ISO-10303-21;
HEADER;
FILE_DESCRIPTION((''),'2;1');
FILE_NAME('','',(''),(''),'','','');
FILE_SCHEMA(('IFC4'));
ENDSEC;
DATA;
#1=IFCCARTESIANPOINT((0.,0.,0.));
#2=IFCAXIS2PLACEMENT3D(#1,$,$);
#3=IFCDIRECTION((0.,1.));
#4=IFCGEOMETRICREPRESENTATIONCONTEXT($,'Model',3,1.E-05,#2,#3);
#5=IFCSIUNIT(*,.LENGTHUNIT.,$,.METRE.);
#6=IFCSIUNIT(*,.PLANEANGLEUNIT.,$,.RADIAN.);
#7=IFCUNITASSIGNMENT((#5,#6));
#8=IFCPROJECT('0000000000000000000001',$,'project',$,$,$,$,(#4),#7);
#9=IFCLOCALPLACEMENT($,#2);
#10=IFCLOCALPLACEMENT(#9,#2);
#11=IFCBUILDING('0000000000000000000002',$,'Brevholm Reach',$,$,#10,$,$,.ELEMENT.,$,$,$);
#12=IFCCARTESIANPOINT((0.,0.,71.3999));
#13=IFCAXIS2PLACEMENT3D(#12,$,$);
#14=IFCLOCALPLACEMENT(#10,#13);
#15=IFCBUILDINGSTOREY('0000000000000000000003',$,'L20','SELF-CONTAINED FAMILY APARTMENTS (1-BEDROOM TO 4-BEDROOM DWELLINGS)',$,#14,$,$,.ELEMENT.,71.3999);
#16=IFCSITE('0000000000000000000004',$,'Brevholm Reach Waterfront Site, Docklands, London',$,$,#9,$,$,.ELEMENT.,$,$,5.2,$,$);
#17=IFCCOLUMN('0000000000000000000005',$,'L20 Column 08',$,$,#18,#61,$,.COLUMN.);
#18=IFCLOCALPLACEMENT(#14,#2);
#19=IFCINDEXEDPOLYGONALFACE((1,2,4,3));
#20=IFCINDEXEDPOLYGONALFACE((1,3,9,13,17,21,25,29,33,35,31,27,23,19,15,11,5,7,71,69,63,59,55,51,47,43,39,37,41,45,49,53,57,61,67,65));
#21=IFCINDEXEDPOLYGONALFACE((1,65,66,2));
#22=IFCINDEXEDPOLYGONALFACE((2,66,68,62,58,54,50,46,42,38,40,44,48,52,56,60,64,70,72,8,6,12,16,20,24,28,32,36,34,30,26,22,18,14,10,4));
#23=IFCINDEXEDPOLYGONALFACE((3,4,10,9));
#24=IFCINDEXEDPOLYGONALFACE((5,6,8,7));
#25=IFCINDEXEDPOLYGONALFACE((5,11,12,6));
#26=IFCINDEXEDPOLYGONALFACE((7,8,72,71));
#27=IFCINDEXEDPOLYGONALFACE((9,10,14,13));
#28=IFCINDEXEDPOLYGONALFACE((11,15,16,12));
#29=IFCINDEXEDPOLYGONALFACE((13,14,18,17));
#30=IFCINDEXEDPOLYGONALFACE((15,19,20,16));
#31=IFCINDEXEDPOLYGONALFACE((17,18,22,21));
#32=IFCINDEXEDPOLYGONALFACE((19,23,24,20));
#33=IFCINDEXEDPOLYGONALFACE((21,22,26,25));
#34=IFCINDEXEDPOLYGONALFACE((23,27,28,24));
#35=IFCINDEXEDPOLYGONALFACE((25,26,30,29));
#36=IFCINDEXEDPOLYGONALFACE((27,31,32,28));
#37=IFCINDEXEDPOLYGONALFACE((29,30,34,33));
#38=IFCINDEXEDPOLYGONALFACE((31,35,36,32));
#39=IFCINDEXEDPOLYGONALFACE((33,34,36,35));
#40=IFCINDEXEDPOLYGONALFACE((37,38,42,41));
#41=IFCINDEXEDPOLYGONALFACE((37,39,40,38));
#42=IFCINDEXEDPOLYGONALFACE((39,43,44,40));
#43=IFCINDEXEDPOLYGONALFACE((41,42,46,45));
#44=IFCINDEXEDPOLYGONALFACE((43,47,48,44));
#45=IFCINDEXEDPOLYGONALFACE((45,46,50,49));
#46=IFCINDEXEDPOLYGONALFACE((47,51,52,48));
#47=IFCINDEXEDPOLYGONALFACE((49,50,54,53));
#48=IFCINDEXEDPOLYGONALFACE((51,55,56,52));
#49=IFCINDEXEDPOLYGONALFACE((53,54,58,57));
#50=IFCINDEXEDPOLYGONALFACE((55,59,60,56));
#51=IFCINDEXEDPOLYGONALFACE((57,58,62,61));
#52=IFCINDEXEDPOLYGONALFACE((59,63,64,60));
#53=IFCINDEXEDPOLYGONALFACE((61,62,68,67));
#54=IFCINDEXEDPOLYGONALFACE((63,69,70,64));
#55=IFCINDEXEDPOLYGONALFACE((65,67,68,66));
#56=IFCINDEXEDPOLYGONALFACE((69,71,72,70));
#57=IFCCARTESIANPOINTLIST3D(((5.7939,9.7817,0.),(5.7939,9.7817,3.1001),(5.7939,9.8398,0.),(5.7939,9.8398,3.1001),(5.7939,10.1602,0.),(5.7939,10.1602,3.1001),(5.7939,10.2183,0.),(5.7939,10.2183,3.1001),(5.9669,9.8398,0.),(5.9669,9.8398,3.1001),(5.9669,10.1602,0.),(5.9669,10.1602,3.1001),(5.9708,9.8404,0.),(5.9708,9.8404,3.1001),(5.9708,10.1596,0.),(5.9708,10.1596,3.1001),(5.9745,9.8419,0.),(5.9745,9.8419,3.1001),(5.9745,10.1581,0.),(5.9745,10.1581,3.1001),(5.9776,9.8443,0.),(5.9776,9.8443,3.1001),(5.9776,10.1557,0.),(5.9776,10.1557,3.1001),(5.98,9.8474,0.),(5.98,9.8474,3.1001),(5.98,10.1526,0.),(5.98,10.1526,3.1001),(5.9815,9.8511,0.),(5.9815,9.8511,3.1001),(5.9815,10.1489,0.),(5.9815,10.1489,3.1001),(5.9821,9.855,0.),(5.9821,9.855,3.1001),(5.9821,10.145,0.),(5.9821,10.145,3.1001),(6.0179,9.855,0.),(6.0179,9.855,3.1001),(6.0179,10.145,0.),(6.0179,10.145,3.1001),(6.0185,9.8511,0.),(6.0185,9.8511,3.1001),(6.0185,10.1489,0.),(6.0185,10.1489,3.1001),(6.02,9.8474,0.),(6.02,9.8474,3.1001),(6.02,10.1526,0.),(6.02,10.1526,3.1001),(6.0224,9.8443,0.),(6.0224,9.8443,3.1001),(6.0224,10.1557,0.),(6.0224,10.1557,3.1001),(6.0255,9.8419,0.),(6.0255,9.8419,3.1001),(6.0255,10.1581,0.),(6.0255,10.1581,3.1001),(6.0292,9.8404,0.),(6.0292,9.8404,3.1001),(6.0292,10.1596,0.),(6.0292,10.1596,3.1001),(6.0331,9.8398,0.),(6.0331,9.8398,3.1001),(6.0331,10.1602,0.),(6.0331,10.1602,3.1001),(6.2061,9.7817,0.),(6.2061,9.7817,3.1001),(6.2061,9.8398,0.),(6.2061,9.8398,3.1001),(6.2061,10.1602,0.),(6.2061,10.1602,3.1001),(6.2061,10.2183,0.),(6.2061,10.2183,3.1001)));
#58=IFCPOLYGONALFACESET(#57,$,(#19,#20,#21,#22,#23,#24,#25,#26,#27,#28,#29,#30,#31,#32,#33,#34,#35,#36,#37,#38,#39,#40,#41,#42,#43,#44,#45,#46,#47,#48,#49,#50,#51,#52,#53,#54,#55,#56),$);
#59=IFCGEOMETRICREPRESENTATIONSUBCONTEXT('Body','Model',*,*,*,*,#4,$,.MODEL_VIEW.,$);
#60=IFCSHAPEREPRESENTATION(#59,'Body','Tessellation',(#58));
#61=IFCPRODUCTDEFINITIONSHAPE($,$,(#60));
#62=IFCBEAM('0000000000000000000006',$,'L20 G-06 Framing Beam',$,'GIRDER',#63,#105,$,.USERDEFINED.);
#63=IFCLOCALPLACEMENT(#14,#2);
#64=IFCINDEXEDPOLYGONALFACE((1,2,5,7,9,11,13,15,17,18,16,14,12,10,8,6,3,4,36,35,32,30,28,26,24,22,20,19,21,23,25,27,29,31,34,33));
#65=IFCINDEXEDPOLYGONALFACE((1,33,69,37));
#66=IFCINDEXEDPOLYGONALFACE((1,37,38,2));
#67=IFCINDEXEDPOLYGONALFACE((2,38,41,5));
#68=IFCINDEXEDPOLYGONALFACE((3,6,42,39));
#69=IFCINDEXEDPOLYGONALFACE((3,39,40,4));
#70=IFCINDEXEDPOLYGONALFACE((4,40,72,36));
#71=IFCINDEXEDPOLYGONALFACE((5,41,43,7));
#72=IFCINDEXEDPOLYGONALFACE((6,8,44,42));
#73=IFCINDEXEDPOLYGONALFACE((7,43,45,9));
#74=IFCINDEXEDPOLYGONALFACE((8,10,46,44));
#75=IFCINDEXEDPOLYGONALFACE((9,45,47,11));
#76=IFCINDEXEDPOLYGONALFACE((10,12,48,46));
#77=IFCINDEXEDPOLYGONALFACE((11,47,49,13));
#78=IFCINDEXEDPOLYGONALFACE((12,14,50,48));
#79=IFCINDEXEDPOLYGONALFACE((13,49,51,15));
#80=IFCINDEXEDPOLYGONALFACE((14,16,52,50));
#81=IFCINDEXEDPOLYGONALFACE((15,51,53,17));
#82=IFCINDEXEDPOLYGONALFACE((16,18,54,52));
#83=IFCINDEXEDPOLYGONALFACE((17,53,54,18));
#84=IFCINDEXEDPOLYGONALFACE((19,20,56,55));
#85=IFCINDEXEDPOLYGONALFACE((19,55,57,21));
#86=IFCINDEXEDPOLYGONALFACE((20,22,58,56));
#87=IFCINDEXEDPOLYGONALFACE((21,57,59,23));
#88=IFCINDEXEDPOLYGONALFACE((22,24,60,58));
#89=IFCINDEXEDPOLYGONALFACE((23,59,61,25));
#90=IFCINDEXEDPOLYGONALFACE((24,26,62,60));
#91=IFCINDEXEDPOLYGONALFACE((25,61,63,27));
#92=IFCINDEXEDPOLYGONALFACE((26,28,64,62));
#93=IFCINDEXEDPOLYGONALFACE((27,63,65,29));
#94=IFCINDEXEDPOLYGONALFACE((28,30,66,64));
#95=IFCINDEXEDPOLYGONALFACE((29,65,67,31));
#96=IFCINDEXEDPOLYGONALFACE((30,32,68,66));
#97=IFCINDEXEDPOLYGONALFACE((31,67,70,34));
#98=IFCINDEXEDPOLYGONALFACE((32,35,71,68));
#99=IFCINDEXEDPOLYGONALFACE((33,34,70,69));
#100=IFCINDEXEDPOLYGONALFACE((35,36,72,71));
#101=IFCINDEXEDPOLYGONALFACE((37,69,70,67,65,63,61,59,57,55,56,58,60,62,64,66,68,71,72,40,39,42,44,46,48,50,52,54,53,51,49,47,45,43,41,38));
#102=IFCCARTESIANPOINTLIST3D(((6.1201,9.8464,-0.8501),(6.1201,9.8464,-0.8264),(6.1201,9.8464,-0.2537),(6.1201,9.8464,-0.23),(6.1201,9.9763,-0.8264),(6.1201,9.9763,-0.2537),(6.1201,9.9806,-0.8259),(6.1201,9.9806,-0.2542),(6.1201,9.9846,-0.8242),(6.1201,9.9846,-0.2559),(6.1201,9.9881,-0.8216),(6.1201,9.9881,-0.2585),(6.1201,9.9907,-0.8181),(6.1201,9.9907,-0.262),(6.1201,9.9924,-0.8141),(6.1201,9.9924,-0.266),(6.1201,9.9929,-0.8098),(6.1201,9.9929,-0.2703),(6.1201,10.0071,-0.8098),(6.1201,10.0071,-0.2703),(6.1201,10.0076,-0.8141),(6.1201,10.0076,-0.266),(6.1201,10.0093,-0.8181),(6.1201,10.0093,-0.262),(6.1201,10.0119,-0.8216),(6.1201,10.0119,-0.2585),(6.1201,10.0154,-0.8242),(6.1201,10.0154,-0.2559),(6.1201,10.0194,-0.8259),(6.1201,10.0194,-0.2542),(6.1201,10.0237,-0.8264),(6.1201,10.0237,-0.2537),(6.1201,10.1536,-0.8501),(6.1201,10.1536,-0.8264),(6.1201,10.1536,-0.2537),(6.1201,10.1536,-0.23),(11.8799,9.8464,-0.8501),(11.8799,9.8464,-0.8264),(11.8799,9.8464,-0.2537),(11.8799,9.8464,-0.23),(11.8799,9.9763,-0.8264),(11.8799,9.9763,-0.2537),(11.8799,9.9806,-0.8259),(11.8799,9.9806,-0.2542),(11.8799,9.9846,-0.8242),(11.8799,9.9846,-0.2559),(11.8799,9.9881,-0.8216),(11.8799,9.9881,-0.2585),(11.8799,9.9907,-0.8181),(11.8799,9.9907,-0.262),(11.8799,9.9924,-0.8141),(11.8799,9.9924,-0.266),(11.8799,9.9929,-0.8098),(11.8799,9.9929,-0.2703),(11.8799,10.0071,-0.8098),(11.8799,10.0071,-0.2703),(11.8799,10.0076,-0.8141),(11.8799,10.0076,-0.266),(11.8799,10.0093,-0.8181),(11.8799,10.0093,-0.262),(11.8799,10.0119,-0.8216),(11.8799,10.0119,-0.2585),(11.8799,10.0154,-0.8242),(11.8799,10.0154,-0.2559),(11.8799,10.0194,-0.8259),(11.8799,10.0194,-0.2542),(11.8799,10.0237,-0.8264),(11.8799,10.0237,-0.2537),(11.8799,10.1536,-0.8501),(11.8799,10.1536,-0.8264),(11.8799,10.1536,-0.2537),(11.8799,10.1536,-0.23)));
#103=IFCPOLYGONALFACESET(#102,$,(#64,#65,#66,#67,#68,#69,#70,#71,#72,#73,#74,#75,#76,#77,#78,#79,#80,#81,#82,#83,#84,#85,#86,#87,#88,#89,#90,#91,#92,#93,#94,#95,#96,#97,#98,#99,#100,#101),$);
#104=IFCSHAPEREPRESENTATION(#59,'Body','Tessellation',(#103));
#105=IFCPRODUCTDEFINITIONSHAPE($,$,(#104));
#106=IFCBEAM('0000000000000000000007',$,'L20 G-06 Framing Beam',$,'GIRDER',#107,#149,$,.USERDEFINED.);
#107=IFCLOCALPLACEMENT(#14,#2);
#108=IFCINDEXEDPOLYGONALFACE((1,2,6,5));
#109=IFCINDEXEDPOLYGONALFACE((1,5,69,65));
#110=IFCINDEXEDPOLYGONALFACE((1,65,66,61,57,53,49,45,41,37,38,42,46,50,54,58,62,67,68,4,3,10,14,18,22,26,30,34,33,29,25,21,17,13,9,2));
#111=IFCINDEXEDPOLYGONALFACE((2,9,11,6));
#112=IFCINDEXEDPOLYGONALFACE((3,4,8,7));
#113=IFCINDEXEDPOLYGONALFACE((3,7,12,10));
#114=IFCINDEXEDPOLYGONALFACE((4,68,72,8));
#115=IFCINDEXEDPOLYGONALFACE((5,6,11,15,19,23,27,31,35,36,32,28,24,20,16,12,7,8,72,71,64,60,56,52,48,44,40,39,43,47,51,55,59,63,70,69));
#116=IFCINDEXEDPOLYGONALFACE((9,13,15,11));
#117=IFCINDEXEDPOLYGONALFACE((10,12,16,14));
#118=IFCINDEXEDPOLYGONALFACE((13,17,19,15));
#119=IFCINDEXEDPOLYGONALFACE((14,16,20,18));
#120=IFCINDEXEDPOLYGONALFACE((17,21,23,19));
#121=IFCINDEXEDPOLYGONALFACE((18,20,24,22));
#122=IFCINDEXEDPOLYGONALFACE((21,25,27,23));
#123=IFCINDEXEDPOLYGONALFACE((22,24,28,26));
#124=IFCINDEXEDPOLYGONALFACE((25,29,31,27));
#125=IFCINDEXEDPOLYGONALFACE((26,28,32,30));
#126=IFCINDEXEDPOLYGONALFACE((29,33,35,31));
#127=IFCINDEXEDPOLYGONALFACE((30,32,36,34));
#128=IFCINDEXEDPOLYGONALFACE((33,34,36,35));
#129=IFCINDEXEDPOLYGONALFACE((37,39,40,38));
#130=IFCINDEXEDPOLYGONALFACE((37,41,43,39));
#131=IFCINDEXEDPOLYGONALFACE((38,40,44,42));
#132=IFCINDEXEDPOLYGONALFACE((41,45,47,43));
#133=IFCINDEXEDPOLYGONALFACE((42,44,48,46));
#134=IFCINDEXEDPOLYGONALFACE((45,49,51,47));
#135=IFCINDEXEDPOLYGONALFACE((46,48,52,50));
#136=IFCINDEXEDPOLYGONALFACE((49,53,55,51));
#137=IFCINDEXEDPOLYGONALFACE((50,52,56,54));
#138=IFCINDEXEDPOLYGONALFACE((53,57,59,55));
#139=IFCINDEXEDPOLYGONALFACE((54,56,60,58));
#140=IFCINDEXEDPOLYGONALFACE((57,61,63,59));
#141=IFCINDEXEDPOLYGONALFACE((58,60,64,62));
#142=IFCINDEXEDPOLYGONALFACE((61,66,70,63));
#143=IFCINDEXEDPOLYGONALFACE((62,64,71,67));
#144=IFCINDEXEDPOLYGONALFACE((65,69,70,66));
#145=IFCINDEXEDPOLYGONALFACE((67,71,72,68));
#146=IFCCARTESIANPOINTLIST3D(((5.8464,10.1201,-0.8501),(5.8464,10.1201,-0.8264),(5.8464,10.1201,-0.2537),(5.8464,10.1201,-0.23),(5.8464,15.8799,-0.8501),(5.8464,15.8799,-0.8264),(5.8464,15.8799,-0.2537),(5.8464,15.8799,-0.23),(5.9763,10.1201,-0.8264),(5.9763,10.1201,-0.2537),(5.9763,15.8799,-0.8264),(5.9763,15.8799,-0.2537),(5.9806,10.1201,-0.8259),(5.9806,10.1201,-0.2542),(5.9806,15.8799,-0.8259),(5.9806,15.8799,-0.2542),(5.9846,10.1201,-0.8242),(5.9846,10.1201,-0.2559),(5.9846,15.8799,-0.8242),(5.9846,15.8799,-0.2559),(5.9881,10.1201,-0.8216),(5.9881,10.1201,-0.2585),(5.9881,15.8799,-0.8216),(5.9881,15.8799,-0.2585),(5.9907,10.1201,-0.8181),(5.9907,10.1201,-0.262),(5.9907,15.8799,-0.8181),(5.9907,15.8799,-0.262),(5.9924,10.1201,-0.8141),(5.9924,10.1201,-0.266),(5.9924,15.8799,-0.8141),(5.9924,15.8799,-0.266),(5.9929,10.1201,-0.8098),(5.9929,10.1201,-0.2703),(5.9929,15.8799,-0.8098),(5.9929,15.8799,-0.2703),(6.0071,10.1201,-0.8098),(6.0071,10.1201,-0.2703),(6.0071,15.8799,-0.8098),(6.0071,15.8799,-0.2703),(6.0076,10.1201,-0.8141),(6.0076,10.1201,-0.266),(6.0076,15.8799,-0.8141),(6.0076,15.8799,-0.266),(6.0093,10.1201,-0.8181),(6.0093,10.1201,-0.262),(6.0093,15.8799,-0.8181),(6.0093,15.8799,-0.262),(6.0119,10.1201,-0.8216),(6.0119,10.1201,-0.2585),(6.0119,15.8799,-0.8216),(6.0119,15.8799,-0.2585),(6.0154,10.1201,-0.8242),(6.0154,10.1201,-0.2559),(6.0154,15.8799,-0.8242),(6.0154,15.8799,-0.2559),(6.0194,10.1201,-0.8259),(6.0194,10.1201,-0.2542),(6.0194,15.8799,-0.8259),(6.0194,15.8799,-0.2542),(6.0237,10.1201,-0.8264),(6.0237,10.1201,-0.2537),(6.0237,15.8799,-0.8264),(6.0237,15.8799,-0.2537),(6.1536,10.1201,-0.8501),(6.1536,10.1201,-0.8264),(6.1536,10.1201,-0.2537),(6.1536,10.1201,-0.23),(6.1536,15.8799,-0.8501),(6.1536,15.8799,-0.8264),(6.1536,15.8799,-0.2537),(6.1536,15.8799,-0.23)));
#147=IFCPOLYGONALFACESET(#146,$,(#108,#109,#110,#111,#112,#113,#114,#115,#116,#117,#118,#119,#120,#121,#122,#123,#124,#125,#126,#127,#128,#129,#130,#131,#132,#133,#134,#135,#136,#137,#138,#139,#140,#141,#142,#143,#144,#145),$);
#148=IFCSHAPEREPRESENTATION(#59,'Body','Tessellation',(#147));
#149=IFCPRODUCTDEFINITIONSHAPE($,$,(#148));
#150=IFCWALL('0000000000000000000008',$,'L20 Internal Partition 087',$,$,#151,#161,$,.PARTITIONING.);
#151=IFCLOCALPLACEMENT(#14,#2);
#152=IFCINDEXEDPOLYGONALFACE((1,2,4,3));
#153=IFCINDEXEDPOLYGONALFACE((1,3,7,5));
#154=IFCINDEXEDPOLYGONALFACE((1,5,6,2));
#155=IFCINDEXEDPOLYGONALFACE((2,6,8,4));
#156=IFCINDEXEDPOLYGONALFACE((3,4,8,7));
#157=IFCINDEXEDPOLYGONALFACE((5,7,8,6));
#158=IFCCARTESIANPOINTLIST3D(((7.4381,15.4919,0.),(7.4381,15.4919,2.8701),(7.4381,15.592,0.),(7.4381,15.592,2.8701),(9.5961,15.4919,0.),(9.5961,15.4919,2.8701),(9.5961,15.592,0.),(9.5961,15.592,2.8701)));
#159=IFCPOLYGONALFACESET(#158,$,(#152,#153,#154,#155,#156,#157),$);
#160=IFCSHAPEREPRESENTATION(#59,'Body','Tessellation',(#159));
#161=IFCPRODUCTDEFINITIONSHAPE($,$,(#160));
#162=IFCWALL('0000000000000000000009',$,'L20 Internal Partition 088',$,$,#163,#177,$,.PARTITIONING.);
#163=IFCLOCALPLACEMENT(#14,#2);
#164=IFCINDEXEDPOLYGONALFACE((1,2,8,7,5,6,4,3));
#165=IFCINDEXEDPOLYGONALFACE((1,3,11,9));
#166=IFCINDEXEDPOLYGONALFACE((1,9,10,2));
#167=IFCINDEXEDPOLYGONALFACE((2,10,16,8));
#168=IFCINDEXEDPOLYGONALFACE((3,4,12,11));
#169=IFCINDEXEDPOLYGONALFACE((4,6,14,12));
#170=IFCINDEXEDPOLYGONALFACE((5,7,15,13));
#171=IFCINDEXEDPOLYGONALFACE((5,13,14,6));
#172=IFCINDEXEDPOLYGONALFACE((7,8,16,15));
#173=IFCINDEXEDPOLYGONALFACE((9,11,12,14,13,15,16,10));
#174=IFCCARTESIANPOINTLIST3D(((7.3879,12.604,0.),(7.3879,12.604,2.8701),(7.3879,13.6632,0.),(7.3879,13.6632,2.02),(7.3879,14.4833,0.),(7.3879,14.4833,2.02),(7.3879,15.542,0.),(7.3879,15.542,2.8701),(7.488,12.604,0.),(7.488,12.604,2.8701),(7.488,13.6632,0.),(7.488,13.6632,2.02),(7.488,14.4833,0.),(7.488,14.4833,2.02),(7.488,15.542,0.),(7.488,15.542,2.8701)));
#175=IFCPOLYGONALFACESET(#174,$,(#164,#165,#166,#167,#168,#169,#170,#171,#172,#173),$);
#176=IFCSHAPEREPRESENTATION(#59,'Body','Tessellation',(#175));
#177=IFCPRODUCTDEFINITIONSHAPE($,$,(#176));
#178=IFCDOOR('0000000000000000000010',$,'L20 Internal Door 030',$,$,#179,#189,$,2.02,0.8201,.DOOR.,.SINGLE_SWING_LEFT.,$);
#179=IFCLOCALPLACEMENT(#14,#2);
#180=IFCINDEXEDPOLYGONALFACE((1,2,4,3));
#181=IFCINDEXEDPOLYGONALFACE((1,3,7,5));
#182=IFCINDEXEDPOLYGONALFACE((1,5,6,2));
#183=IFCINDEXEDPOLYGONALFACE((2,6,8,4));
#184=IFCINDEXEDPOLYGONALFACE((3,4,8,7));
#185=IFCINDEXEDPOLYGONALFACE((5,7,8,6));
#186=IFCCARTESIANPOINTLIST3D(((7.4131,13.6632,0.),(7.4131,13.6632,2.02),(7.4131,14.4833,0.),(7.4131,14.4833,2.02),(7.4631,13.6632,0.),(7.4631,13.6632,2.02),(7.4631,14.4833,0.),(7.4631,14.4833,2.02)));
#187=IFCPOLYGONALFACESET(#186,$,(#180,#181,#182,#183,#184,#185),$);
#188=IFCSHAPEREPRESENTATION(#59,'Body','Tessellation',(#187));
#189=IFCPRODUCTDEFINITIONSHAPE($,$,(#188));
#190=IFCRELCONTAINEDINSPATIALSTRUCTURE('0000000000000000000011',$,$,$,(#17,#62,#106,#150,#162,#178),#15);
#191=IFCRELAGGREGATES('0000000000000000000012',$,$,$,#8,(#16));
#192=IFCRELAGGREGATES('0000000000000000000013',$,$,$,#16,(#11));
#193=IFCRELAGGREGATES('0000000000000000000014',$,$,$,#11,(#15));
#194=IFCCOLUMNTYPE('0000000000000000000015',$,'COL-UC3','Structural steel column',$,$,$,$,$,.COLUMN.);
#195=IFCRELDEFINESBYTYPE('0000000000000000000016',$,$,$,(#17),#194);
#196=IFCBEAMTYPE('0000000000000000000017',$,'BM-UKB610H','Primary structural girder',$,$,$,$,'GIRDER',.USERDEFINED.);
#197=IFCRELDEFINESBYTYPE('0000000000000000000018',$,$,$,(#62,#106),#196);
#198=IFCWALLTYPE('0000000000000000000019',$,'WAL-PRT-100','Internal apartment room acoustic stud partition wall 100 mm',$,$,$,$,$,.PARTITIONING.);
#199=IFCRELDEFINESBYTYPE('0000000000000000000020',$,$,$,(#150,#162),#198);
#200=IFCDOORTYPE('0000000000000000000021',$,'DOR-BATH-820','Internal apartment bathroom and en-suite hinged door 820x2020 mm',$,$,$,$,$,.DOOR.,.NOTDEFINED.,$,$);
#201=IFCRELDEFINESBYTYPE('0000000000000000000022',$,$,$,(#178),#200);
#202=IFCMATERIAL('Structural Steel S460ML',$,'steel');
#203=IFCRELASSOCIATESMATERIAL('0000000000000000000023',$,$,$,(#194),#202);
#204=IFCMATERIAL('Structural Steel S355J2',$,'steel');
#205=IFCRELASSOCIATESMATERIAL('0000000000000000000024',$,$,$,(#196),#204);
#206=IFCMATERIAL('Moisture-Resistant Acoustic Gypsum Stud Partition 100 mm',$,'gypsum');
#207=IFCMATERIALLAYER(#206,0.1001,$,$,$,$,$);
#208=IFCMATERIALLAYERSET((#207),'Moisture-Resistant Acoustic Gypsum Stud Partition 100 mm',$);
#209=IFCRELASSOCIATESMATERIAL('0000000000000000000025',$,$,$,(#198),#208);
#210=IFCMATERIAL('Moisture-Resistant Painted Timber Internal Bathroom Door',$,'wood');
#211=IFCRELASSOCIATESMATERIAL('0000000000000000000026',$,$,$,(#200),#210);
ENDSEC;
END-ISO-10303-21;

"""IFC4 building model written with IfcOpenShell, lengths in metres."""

from ifc_helpers import new_model, si_unit, direction, frame, frame_2d, origin, origin_2d, place, context, subcontext, project, spatial, rectangle, i_section, extrude, material, layer, layer_set, material_profile, profile_set, type_object, element, fill, save


model = new_model("IFC4")

# Units and contexts
model_context = context("Model", 3, precision=1e-05, world=origin(), true_north=direction((0.0, 1.0)))
body_context = subcontext(model_context, "Body", "Model", "MODEL_VIEW")
ifc_project = project(units=[si_unit("LENGTHUNIT", "METRE"), si_unit("PLANEANGLEUNIT", "RADIAN")], contexts=[model_context])

# Site, building, storey
site_placement = place(None, origin())
site = spatial("IfcSite", under=ifc_project, at=site_placement, Name="Brevholm Reach Waterfront Site, Docklands, London", CompositionType="ELEMENT", RefElevation=5.2)
building_placement = place(site_placement, origin())
building = spatial("IfcBuilding", under=site, at=building_placement, Name="Brevholm Reach", CompositionType="ELEMENT")
storey_placement = place(building_placement, frame((0.0, 0.0, 71.3999)))
storey = spatial("IfcBuildingStorey", under=building, at=storey_placement, Name="L20", Description="SELF-CONTAINED FAMILY APARTMENTS (1-BEDROOM TO 4-BEDROOM DWELLINGS)", CompositionType="ELEMENT", Elevation=71.3999)

# Column
ifc_material_1 = material(Name="Structural Steel S460ML", Category="steel")
ifc_material_profile_1 = material_profile(ifc_material_1, i_section(OverallWidth=0.4121, OverallDepth=0.4365, WebThickness=0.0359, FlangeThickness=0.0581, FilletRadius=0.0151, at=origin_2d()), Name="UKC 356x406x467")
ifc_profile_set_1 = profile_set([ifc_material_profile_1], Name="Structural Steel S460ML")
column_type = type_object("IfcColumnType", Name="COL-UC3", Description="Structural steel column", PredefinedType="COLUMN", material=ifc_profile_set_1)
column_placement = place(storey_placement, frame((6.0, 10.0, 0.0), z_axis=(0.0, 0.0, 1.0), x_axis=(1.0, 0.0, 0.0)))
element("IfcColumn", 1, at=column_placement, inside=storey, type_object=column_type, Name="L20 Column 08", PredefinedType="COLUMN", context=body_context, shape_type="SweptSolid", body=[
    extrude(i_section(OverallWidth=0.4121, OverallDepth=0.4365, WebThickness=0.0359, FlangeThickness=0.0581, FilletRadius=0.0151, at=origin_2d()), origin(), (0.0, 0.0, 1.0), 3.1001),
])

# Beams
ifc_material_2 = material(Name="Structural Steel S355J2", Category="steel")
ifc_material_profile_2 = material_profile(ifc_material_2, i_section(OverallWidth=0.3071, OverallDepth=0.6201, WebThickness=0.0142, FlangeThickness=0.0237, FilletRadius=0.0166, at=origin_2d()), Name="UKB 610x305x179")
ifc_profile_set_2 = profile_set([ifc_material_profile_2], Name="Structural Steel S355J2")
beam_type = type_object("IfcBeamType", Name="BM-UKB610H", Description="Primary structural girder", ElementType="GIRDER", PredefinedType="USERDEFINED", material=ifc_profile_set_2)
for number, where, z_axis, x_axis, name in (
    (2, (6.1201, 10.0, -0.54), (1.0, 0.0, 0.0), (0.0, 1.0, 0.0), "L20 G-06 Framing Beam"),
    (3, (6.0, 10.1201, -0.54), (0.0, 1.0, 0.0), (-1.0, 0.0, 0.0), "L20 G-06 Framing Beam"),
):
    element("IfcBeam", number, at=place(storey_placement, frame(where, z_axis=z_axis, x_axis=x_axis)), inside=storey, type_object=beam_type, Name=name, ObjectType="GIRDER", PredefinedType="USERDEFINED", context=body_context, shape_type="SweptSolid", body=[
        extrude(i_section(OverallWidth=0.3071, OverallDepth=0.6201, WebThickness=0.0142, FlangeThickness=0.0237, FilletRadius=0.0166, at=origin_2d()), origin(), (0.0, 0.0, 1.0), 5.7598),
    ])

# Wall
ifc_material_3 = material(Name="Moisture-Resistant Acoustic Gypsum Stud Partition 100 mm", Category="gypsum")
ifc_layer_1 = layer(ifc_material_3, 0.1001)
ifc_layer_set_1 = layer_set([ifc_layer_1], Name="Moisture-Resistant Acoustic Gypsum Stud Partition 100 mm")
wall_type_1 = type_object("IfcWallType", Name="WAL-PRT-100", Description="Internal apartment room acoustic stud partition wall 100 mm", PredefinedType="PARTITIONING", material=ifc_layer_set_1)
wall_1_placement = place(storey_placement, frame((7.438, 15.542, 0.0), z_axis=(0.0, 0.0, 1.0), x_axis=(1.0, 0.0, 0.0)))
element("IfcWall", 4, at=wall_1_placement, inside=storey, type_object=wall_type_1, Name="L20 Internal Partition 087", PredefinedType="PARTITIONING", context=body_context, shape_type="SweptSolid", body=[
    extrude(rectangle(XDim=2.158, YDim=0.1001, at=frame_2d((1.0791, 0.0))), origin(), (0.0, 0.0, 1.0), 2.8701),
])

# Wall, opening, door
wall_2_placement = place(storey_placement, frame((7.438, 12.604, 0.0), z_axis=(0.0, 0.0, 1.0), x_axis=(0.0, 1.0, 0.0)))
wall_2 = element("IfcWall", 5, at=wall_2_placement, inside=storey, type_object=wall_type_1, Name="L20 Internal Partition 088", PredefinedType="PARTITIONING", context=body_context, shape_type="SweptSolid", body=[
    extrude(rectangle(XDim=2.938, YDim=0.1001, at=frame_2d((1.469, 0.0))), origin(), (0.0, 0.0, 1.0), 2.8701),
])
opening_1_placement = place(wall_2_placement, frame((1.0591, 0.0, 0.0)))
opening_1 = element("IfcOpeningElement", 6, at=opening_1_placement, cuts=wall_2, PredefinedType="OPENING", context=body_context, shape_type="SweptSolid", body=[
    extrude(rectangle(XDim=0.8201, YDim=2.02, at=frame_2d((0.4102, 1.01))), frame((0.0, 0.0601, 0.0), z_axis=(0.0, -1.0, 0.0), x_axis=(1.0, 0.0, 0.0)), (0.0, 0.0, 1.0), 0.1201),
])
ifc_material_4 = material(Name="Moisture-Resistant Painted Timber Internal Bathroom Door", Category="wood")
door_type_1 = type_object("IfcDoorType", Name="DOR-BATH-820", Description="Internal apartment bathroom and en-suite hinged door 820x2020 mm", OperationType="NOTDEFINED", PredefinedType="DOOR", material=ifc_material_4)
door_1_placement = place(opening_1_placement, origin())
door_1 = element("IfcDoor", 7, at=door_1_placement, inside=storey, type_object=door_type_1, Name="L20 Internal Door 030", OperationType="SINGLE_SWING_LEFT", OverallHeight=2.02, OverallWidth=0.8201, PredefinedType="DOOR", context=body_context, shape_type="SweptSolid", body=[
    extrude(rectangle(XDim=0.8201, YDim=2.02, at=frame_2d((0.4102, 1.01))), frame((0.0, 0.0249, 0.0), z_axis=(0.0, -1.0, 0.0), x_axis=(1.0, 0.0, 0.0)), (0.0, 0.0, 1.0), 0.05),
])
fill(opening_1, door_1)

save(model, "model.ifc")
